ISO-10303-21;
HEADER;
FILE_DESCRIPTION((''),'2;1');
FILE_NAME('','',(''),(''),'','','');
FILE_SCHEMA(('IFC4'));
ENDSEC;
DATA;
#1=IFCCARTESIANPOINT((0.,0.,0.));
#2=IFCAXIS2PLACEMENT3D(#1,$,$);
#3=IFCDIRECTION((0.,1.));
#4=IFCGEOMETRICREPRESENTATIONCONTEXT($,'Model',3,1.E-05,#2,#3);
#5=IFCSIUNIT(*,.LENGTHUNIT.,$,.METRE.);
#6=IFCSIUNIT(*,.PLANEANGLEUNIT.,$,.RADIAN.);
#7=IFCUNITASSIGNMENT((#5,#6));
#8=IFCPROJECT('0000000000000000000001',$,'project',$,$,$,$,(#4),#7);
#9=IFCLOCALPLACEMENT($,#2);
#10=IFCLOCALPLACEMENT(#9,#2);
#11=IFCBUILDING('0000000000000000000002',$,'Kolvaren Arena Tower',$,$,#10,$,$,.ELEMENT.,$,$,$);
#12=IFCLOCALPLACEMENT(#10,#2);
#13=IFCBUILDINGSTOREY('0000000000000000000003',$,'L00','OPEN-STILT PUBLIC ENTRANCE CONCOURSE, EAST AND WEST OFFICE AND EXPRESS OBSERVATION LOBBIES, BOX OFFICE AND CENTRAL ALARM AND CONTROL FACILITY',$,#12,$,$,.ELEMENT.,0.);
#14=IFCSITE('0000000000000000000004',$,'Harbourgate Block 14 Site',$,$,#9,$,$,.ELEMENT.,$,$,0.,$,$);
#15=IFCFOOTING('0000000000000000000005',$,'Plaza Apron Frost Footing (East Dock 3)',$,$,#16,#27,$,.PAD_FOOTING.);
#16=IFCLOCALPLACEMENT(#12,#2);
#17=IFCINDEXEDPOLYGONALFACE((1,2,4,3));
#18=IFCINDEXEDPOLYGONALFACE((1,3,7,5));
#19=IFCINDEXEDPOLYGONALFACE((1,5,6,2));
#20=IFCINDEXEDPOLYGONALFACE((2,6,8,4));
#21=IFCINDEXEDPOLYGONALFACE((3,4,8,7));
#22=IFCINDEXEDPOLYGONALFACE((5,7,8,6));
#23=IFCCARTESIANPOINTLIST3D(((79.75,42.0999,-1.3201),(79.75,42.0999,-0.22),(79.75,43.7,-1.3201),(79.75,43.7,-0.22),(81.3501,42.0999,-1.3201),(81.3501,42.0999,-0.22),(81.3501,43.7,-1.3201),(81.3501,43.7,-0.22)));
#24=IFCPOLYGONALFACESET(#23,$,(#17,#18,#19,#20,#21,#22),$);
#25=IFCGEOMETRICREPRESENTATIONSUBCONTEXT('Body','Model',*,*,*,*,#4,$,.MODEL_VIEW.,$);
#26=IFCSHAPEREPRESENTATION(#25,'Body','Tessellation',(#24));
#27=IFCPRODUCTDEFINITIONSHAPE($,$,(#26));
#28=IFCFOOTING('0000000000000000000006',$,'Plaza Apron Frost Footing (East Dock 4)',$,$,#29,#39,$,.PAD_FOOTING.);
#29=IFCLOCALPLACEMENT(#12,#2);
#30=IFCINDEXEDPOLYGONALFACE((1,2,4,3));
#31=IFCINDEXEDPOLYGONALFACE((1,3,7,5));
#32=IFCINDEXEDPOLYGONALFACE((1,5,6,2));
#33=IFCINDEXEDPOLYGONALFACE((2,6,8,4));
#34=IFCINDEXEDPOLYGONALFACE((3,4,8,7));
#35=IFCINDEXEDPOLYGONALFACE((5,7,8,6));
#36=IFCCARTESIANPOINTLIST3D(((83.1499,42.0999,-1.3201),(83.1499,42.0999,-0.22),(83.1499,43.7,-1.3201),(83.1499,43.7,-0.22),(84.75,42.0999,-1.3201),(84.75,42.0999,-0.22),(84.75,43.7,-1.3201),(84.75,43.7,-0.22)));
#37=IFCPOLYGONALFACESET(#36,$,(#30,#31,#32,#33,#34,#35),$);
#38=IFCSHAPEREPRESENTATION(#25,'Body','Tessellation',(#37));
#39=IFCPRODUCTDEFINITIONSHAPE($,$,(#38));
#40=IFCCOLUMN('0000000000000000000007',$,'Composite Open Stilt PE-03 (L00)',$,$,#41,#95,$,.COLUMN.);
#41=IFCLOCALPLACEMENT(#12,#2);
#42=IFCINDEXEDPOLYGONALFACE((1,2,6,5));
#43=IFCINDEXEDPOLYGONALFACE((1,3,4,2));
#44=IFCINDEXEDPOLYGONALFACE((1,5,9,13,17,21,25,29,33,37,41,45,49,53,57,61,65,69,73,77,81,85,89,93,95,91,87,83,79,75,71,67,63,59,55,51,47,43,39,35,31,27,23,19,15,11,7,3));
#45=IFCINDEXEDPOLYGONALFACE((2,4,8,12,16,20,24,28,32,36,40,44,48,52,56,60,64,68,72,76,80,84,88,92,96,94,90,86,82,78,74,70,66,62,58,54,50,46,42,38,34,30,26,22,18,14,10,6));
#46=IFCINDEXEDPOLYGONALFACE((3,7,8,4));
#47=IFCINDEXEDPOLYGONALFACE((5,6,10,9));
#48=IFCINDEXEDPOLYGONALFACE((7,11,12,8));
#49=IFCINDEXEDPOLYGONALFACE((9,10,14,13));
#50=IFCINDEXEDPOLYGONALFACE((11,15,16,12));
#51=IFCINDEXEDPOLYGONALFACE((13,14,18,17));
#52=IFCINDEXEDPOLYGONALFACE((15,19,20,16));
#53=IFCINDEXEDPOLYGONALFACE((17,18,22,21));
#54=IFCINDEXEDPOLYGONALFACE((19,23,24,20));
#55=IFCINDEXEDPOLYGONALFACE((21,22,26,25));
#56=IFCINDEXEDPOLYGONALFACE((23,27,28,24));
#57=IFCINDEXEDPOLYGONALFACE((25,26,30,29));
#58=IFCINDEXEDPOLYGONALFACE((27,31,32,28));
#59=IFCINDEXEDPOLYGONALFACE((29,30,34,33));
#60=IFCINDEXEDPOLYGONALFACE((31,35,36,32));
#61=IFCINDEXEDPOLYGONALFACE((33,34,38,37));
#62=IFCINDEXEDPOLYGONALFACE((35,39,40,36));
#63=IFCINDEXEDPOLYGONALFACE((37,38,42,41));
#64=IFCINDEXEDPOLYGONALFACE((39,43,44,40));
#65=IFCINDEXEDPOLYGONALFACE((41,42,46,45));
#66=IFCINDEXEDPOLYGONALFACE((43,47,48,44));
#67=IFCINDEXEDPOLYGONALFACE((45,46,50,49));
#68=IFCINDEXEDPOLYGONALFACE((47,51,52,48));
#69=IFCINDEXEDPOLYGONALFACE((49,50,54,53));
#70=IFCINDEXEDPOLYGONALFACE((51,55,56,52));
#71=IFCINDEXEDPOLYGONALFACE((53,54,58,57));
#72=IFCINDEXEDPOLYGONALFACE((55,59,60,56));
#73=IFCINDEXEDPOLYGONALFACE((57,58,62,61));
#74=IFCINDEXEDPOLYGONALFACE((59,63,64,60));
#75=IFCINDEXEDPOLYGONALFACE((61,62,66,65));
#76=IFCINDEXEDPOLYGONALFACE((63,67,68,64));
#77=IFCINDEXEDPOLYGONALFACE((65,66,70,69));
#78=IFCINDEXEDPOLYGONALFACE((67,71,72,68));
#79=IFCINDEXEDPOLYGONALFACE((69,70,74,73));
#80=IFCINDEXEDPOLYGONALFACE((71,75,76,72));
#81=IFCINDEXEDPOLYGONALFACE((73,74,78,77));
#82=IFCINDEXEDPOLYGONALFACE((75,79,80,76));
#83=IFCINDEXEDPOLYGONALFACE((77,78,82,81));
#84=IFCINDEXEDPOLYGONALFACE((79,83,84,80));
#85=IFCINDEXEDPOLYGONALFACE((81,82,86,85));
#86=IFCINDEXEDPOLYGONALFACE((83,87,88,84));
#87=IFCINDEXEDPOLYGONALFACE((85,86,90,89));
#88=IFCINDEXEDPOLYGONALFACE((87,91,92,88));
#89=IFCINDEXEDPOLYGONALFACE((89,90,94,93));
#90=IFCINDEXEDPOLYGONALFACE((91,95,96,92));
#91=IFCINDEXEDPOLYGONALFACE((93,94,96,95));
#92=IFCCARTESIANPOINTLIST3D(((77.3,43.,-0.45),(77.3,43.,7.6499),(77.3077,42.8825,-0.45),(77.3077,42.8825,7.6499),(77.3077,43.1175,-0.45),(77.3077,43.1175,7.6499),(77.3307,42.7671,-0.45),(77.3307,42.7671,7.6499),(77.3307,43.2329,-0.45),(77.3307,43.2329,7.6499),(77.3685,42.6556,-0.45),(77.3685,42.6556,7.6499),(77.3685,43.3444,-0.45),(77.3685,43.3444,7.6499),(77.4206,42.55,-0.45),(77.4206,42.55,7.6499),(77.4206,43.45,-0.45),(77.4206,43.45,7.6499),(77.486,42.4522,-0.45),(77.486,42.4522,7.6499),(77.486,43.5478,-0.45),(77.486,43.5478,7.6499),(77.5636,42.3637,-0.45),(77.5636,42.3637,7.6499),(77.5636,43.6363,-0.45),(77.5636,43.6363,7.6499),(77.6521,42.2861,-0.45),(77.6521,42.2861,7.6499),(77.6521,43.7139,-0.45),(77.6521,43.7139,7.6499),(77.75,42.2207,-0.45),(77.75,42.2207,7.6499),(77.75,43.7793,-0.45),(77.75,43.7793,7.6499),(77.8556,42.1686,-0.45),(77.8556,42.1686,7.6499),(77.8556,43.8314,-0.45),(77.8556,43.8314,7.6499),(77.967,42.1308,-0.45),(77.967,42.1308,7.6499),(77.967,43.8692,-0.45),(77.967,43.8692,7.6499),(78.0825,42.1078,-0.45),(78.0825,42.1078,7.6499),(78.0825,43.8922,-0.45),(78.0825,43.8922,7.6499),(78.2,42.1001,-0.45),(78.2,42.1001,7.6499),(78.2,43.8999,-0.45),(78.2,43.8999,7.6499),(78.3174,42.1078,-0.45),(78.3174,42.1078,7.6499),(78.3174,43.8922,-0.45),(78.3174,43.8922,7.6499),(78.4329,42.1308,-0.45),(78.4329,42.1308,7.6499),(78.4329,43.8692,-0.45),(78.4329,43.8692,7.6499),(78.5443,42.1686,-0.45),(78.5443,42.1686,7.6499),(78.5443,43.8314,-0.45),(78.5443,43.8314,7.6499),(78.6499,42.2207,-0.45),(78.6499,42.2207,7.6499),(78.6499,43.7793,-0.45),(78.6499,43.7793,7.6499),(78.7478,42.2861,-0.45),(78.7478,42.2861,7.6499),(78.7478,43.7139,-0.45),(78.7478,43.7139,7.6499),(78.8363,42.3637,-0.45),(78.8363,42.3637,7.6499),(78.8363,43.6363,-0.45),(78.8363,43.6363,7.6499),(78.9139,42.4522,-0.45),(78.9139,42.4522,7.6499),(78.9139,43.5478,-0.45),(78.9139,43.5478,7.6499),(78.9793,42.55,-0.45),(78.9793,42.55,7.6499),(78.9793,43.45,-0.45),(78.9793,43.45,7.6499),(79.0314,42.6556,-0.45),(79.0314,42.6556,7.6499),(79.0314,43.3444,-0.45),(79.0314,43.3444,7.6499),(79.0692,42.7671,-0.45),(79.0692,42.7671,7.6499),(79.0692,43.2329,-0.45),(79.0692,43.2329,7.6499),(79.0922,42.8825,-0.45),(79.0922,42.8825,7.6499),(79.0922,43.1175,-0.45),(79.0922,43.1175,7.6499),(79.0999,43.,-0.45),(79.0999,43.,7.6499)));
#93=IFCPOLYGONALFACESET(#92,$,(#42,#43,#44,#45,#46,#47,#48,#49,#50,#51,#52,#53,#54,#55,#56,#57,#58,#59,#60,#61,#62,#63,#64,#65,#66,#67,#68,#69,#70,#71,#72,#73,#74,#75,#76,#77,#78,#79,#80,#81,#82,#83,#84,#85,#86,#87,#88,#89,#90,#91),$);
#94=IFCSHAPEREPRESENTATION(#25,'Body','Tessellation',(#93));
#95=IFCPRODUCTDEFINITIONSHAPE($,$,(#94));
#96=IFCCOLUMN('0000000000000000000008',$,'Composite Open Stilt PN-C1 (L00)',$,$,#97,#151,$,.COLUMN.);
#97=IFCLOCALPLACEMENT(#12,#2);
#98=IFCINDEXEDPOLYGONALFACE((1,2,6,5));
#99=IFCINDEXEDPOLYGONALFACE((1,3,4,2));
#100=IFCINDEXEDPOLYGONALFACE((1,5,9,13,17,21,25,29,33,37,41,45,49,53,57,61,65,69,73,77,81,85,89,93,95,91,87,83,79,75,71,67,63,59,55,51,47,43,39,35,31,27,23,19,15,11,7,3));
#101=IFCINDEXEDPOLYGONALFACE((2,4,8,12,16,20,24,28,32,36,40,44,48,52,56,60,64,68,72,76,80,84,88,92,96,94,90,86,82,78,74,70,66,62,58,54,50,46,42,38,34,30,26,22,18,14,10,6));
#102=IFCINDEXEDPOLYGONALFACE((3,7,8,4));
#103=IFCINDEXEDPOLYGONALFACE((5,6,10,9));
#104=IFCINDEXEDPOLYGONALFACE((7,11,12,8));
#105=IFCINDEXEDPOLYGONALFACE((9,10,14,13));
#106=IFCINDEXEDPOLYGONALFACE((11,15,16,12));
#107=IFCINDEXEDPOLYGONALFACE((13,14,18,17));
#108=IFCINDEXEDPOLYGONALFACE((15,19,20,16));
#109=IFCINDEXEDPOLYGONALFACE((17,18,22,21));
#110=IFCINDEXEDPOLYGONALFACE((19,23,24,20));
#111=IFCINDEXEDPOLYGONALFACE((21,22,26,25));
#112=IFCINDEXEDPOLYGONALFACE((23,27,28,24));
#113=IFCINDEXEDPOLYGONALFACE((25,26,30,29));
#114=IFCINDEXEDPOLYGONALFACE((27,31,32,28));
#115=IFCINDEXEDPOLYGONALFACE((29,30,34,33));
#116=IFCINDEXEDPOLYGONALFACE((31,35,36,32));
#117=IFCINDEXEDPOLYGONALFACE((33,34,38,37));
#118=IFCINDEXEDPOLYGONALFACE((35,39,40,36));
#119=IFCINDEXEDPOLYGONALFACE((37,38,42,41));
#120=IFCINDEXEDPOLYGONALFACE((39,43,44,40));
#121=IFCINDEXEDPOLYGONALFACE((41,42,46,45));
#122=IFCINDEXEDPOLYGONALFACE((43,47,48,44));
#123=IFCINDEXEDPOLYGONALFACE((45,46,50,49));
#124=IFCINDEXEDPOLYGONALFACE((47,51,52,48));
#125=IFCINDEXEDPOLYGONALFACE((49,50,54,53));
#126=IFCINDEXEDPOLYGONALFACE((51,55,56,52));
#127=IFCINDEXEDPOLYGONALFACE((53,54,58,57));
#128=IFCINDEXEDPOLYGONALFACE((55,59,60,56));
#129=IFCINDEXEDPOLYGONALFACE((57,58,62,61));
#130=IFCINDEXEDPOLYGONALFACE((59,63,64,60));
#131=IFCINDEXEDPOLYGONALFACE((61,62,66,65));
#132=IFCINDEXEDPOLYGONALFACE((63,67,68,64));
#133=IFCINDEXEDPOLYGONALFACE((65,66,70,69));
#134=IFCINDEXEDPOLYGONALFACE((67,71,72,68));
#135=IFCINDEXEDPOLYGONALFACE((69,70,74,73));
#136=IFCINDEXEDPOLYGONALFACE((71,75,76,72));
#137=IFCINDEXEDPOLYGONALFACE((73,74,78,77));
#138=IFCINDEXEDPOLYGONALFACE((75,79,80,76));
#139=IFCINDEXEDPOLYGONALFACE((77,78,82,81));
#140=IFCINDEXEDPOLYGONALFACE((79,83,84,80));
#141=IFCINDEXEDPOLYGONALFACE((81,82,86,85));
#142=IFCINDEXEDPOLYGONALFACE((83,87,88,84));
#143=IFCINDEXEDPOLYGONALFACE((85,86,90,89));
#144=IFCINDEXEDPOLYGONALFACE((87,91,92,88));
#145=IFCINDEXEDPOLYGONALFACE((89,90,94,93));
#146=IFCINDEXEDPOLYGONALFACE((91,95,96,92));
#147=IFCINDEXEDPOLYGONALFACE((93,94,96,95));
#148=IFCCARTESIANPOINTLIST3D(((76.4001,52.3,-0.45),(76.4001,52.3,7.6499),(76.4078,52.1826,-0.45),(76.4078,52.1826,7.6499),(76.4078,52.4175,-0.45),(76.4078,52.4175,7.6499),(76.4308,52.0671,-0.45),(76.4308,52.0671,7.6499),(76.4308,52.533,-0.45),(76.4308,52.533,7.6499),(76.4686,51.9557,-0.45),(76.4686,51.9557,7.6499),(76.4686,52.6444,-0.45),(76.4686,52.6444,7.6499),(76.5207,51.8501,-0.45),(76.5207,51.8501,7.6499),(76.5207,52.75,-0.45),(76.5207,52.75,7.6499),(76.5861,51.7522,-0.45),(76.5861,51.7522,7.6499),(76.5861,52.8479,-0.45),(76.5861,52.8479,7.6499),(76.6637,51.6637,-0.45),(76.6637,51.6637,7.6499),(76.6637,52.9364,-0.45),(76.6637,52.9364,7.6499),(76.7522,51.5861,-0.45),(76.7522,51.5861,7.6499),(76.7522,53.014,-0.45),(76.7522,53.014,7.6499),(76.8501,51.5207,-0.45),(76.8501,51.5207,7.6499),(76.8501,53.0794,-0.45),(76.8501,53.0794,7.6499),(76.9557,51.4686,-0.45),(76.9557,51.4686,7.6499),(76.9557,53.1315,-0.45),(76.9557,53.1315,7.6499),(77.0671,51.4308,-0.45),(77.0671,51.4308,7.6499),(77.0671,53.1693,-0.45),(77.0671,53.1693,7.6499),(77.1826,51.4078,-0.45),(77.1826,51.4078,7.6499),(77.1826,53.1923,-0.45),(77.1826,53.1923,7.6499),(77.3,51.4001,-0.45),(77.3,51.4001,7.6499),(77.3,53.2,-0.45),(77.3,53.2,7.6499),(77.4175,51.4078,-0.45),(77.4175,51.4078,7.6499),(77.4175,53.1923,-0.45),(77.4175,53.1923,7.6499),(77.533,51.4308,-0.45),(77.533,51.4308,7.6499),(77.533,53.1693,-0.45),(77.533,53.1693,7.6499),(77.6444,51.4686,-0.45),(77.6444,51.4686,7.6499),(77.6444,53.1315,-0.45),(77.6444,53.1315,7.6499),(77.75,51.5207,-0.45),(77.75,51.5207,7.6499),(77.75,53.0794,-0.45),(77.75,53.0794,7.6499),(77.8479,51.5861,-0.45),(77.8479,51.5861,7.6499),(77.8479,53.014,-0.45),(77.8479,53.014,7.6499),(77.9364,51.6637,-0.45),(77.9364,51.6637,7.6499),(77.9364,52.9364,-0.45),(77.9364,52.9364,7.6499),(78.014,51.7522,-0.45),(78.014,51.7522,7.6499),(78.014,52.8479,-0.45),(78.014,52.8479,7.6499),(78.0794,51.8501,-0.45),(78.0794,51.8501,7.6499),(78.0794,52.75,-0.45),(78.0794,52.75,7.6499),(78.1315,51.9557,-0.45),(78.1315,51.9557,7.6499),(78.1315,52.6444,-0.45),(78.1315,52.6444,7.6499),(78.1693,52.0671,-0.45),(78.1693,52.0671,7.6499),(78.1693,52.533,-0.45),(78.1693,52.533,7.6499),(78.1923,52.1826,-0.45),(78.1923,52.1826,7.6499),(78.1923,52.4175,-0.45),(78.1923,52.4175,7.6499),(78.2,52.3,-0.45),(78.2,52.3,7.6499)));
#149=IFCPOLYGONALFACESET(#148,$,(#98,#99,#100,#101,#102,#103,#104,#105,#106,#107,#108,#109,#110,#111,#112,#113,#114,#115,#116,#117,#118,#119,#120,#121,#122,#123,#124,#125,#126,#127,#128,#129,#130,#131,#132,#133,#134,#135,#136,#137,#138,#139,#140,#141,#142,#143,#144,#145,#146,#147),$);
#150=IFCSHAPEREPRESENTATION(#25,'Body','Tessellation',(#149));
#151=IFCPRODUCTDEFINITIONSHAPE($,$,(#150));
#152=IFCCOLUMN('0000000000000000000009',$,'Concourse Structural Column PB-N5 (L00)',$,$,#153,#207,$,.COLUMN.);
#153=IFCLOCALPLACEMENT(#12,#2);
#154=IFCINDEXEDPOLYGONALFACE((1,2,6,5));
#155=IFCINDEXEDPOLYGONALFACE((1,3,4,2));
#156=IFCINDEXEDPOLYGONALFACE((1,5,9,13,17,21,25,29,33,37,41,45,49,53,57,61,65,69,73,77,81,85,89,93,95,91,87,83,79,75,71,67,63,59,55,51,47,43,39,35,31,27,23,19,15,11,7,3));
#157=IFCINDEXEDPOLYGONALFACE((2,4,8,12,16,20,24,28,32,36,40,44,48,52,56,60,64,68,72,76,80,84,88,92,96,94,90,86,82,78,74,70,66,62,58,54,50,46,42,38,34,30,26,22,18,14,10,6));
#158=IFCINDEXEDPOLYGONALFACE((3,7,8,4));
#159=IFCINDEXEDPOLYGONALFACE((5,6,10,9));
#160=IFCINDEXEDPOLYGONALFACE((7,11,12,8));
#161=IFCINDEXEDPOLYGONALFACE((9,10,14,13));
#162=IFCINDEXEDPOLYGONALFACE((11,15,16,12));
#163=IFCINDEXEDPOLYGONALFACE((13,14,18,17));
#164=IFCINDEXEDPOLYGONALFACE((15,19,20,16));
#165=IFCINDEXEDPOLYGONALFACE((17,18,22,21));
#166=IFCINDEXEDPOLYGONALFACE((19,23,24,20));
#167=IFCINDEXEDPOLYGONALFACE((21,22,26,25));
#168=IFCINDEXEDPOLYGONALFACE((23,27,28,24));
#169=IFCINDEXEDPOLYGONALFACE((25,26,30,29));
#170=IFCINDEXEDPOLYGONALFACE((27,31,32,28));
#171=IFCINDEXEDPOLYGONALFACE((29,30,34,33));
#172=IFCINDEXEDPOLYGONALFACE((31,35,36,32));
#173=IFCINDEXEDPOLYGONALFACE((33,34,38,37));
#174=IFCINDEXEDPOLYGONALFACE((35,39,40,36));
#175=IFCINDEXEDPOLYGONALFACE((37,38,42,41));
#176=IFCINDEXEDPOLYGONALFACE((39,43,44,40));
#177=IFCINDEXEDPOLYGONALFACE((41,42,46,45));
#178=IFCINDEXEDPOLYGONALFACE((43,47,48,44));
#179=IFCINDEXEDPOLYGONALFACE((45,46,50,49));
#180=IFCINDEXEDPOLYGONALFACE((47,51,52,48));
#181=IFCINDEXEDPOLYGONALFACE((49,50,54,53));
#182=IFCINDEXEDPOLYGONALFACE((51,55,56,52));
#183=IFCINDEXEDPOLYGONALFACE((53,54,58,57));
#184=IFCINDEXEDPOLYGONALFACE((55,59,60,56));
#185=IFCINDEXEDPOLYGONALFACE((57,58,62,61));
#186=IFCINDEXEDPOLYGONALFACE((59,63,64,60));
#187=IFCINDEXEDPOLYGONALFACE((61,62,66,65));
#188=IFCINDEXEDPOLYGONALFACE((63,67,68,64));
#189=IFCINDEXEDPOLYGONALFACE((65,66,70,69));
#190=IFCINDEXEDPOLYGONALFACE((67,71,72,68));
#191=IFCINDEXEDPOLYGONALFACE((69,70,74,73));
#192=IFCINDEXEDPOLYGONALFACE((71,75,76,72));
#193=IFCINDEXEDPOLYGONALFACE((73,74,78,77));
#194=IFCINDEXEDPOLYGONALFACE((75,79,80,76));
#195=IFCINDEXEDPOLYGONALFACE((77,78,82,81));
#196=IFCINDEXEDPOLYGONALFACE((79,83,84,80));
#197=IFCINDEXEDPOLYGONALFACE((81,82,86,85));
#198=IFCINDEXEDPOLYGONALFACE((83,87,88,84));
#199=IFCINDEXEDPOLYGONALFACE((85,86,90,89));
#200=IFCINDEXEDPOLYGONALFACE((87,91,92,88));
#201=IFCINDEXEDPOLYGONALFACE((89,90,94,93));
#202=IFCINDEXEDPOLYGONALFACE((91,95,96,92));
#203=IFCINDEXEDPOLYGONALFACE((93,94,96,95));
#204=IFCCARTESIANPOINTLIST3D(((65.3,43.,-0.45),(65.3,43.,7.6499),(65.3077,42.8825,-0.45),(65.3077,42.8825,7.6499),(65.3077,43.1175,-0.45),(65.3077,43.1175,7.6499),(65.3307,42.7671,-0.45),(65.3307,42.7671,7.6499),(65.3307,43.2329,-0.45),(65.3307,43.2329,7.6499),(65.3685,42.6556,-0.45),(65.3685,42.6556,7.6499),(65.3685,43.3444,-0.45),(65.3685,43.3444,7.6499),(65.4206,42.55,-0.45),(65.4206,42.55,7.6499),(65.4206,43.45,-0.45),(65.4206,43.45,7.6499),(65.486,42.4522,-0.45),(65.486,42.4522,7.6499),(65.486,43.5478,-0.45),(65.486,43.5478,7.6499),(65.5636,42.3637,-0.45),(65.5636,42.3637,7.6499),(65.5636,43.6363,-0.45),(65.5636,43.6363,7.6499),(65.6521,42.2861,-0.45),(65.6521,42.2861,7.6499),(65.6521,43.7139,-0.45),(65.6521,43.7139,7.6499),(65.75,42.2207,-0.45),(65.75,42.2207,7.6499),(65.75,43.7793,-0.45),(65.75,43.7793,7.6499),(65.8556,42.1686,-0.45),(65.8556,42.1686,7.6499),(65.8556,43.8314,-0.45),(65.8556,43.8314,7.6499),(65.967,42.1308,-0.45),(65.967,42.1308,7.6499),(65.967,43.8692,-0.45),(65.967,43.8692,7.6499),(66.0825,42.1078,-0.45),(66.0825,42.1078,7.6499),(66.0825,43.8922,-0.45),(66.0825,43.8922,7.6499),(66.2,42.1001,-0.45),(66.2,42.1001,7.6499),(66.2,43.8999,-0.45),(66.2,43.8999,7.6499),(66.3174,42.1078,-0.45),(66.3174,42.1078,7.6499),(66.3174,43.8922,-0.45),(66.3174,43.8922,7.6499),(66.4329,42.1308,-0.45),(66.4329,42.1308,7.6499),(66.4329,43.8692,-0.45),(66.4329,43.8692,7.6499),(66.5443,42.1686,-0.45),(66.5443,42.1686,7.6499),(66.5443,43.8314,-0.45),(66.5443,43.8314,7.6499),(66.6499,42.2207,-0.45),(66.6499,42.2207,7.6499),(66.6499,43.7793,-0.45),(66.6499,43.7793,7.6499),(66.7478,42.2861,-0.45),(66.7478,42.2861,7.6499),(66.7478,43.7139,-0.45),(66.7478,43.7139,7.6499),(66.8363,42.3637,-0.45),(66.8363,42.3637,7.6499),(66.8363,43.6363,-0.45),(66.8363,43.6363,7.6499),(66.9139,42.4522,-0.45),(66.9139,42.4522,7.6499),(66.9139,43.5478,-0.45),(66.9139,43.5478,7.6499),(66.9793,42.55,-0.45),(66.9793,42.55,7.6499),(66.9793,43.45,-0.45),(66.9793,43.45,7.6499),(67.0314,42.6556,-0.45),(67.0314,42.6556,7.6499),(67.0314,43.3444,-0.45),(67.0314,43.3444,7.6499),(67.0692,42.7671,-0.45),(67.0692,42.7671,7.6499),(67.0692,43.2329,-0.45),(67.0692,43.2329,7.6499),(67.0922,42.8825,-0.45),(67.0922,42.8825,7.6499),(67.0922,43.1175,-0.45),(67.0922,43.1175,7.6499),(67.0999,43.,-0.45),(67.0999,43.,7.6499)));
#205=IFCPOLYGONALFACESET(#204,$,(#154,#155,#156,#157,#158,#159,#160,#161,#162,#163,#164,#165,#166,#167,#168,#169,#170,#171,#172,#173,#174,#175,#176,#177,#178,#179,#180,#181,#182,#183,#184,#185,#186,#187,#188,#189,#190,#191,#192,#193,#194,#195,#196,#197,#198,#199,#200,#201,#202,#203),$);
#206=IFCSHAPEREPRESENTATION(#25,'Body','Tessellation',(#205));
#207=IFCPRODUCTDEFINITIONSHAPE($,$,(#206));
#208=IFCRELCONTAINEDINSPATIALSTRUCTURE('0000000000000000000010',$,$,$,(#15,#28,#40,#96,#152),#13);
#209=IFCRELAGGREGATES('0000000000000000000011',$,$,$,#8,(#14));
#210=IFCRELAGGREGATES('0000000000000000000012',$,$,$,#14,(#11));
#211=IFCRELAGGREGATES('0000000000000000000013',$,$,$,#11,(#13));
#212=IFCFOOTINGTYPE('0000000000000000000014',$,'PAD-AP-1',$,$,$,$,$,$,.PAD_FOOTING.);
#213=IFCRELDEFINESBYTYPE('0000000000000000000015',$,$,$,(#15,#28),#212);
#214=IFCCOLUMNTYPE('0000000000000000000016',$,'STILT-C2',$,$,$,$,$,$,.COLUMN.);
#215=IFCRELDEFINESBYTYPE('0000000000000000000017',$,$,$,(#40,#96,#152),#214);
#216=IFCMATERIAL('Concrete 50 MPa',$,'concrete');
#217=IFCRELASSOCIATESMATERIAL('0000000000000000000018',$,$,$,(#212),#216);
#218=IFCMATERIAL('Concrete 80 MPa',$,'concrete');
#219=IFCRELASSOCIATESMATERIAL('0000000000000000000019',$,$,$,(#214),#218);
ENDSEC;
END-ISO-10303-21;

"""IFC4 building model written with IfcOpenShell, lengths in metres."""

from ifc_helpers import new_model, si_unit, direction, frame, origin, origin_2d, place, context, subcontext, project, spatial, rectangle, circle, extrude, material, material_profile, profile_set, type_object, element, save


model = new_model("IFC4")

# Units and contexts
model_context = context("Model", 3, precision=1e-05, world=origin(), true_north=direction((0.0, 1.0)))
body_context = subcontext(model_context, "Body", "Model", "MODEL_VIEW")
ifc_project = project(units=[si_unit("LENGTHUNIT", "METRE"), si_unit("PLANEANGLEUNIT", "RADIAN")], contexts=[model_context])

# Site, building, storey
site_placement = place(None, origin())
site = spatial("IfcSite", under=ifc_project, at=site_placement, Name="Harbourgate Block 14 Site", CompositionType="ELEMENT", RefElevation=0.0)
building_placement = place(site_placement, origin())
building = spatial("IfcBuilding", under=site, at=building_placement, Name="Kolvaren Arena Tower", CompositionType="ELEMENT")
storey_placement = place(building_placement, origin())
storey = spatial("IfcBuildingStorey", under=building, at=storey_placement, Name="L00", Description="OPEN-STILT PUBLIC ENTRANCE CONCOURSE, EAST AND WEST OFFICE AND EXPRESS OBSERVATION LOBBIES, BOX OFFICE AND CENTRAL ALARM AND CONTROL FACILITY", CompositionType="ELEMENT", Elevation=0.0)

# Footings
ifc_material_1 = material(Name="Concrete 50 MPa", Category="concrete")
footing_type = type_object("IfcFootingType", Name="PAD-AP-1", PredefinedType="PAD_FOOTING", material=ifc_material_1)
for number, where, z_axis, x_axis, name in (
    (1, (80.55, 42.8999, -1.3201), (0.0, 0.0, 1.0), (1.0, 0.0, 0.0), "Plaza Apron Frost Footing (East Dock 3)"),
    (2, (83.95, 42.8999, -1.3201), (0.0, 0.0, 1.0), (1.0, 0.0, 0.0), "Plaza Apron Frost Footing (East Dock 4)"),
):
    element("IfcFooting", number, at=place(storey_placement, frame(where, z_axis=z_axis, x_axis=x_axis)), inside=storey, type_object=footing_type, Name=name, PredefinedType="PAD_FOOTING", context=body_context, shape_type="SweptSolid", body=[
        extrude(rectangle(XDim=1.6001, YDim=1.6001, at=origin_2d()), origin(), (0.0, 0.0, 1.0), 1.1001),
    ])

# Columns
ifc_material_2 = material(Name="Concrete 80 MPa", Category="concrete")
ifc_material_profile_1 = material_profile(ifc_material_2, circle(Radius=0.8999, at=origin_2d()), Name="RC-CIRC-1800")
ifc_profile_set_1 = profile_set([ifc_material_profile_1], Name="Concrete 80 MPa")
column_type = type_object("IfcColumnType", Name="STILT-C2", PredefinedType="COLUMN", material=ifc_profile_set_1)
for number, where, z_axis, x_axis, name in (
    (3, (78.2, 43.0, -0.45), (0.0, 0.0, 1.0), (1.0, 0.0, 0.0), "Composite Open Stilt PE-03 (L00)"),
    (4, (77.3, 52.3, -0.45), (0.0, 0.0, 1.0), (1.0, 0.0, 0.0), "Composite Open Stilt PN-C1 (L00)"),
    (5, (66.2, 43.0, -0.45), (0.0, 0.0, 1.0), (1.0, 0.0, 0.0), "Concourse Structural Column PB-N5 (L00)"),
):
    element("IfcColumn", number, at=place(storey_placement, frame(where, z_axis=z_axis, x_axis=x_axis)), inside=storey, type_object=column_type, Name=name, PredefinedType="COLUMN", context=body_context, shape_type="SweptSolid", body=[
        extrude(circle(Radius=0.8999, at=origin_2d()), origin(), (0.0, 0.0, 1.0), 8.0999),
    ])

save(model, "model.ifc")
